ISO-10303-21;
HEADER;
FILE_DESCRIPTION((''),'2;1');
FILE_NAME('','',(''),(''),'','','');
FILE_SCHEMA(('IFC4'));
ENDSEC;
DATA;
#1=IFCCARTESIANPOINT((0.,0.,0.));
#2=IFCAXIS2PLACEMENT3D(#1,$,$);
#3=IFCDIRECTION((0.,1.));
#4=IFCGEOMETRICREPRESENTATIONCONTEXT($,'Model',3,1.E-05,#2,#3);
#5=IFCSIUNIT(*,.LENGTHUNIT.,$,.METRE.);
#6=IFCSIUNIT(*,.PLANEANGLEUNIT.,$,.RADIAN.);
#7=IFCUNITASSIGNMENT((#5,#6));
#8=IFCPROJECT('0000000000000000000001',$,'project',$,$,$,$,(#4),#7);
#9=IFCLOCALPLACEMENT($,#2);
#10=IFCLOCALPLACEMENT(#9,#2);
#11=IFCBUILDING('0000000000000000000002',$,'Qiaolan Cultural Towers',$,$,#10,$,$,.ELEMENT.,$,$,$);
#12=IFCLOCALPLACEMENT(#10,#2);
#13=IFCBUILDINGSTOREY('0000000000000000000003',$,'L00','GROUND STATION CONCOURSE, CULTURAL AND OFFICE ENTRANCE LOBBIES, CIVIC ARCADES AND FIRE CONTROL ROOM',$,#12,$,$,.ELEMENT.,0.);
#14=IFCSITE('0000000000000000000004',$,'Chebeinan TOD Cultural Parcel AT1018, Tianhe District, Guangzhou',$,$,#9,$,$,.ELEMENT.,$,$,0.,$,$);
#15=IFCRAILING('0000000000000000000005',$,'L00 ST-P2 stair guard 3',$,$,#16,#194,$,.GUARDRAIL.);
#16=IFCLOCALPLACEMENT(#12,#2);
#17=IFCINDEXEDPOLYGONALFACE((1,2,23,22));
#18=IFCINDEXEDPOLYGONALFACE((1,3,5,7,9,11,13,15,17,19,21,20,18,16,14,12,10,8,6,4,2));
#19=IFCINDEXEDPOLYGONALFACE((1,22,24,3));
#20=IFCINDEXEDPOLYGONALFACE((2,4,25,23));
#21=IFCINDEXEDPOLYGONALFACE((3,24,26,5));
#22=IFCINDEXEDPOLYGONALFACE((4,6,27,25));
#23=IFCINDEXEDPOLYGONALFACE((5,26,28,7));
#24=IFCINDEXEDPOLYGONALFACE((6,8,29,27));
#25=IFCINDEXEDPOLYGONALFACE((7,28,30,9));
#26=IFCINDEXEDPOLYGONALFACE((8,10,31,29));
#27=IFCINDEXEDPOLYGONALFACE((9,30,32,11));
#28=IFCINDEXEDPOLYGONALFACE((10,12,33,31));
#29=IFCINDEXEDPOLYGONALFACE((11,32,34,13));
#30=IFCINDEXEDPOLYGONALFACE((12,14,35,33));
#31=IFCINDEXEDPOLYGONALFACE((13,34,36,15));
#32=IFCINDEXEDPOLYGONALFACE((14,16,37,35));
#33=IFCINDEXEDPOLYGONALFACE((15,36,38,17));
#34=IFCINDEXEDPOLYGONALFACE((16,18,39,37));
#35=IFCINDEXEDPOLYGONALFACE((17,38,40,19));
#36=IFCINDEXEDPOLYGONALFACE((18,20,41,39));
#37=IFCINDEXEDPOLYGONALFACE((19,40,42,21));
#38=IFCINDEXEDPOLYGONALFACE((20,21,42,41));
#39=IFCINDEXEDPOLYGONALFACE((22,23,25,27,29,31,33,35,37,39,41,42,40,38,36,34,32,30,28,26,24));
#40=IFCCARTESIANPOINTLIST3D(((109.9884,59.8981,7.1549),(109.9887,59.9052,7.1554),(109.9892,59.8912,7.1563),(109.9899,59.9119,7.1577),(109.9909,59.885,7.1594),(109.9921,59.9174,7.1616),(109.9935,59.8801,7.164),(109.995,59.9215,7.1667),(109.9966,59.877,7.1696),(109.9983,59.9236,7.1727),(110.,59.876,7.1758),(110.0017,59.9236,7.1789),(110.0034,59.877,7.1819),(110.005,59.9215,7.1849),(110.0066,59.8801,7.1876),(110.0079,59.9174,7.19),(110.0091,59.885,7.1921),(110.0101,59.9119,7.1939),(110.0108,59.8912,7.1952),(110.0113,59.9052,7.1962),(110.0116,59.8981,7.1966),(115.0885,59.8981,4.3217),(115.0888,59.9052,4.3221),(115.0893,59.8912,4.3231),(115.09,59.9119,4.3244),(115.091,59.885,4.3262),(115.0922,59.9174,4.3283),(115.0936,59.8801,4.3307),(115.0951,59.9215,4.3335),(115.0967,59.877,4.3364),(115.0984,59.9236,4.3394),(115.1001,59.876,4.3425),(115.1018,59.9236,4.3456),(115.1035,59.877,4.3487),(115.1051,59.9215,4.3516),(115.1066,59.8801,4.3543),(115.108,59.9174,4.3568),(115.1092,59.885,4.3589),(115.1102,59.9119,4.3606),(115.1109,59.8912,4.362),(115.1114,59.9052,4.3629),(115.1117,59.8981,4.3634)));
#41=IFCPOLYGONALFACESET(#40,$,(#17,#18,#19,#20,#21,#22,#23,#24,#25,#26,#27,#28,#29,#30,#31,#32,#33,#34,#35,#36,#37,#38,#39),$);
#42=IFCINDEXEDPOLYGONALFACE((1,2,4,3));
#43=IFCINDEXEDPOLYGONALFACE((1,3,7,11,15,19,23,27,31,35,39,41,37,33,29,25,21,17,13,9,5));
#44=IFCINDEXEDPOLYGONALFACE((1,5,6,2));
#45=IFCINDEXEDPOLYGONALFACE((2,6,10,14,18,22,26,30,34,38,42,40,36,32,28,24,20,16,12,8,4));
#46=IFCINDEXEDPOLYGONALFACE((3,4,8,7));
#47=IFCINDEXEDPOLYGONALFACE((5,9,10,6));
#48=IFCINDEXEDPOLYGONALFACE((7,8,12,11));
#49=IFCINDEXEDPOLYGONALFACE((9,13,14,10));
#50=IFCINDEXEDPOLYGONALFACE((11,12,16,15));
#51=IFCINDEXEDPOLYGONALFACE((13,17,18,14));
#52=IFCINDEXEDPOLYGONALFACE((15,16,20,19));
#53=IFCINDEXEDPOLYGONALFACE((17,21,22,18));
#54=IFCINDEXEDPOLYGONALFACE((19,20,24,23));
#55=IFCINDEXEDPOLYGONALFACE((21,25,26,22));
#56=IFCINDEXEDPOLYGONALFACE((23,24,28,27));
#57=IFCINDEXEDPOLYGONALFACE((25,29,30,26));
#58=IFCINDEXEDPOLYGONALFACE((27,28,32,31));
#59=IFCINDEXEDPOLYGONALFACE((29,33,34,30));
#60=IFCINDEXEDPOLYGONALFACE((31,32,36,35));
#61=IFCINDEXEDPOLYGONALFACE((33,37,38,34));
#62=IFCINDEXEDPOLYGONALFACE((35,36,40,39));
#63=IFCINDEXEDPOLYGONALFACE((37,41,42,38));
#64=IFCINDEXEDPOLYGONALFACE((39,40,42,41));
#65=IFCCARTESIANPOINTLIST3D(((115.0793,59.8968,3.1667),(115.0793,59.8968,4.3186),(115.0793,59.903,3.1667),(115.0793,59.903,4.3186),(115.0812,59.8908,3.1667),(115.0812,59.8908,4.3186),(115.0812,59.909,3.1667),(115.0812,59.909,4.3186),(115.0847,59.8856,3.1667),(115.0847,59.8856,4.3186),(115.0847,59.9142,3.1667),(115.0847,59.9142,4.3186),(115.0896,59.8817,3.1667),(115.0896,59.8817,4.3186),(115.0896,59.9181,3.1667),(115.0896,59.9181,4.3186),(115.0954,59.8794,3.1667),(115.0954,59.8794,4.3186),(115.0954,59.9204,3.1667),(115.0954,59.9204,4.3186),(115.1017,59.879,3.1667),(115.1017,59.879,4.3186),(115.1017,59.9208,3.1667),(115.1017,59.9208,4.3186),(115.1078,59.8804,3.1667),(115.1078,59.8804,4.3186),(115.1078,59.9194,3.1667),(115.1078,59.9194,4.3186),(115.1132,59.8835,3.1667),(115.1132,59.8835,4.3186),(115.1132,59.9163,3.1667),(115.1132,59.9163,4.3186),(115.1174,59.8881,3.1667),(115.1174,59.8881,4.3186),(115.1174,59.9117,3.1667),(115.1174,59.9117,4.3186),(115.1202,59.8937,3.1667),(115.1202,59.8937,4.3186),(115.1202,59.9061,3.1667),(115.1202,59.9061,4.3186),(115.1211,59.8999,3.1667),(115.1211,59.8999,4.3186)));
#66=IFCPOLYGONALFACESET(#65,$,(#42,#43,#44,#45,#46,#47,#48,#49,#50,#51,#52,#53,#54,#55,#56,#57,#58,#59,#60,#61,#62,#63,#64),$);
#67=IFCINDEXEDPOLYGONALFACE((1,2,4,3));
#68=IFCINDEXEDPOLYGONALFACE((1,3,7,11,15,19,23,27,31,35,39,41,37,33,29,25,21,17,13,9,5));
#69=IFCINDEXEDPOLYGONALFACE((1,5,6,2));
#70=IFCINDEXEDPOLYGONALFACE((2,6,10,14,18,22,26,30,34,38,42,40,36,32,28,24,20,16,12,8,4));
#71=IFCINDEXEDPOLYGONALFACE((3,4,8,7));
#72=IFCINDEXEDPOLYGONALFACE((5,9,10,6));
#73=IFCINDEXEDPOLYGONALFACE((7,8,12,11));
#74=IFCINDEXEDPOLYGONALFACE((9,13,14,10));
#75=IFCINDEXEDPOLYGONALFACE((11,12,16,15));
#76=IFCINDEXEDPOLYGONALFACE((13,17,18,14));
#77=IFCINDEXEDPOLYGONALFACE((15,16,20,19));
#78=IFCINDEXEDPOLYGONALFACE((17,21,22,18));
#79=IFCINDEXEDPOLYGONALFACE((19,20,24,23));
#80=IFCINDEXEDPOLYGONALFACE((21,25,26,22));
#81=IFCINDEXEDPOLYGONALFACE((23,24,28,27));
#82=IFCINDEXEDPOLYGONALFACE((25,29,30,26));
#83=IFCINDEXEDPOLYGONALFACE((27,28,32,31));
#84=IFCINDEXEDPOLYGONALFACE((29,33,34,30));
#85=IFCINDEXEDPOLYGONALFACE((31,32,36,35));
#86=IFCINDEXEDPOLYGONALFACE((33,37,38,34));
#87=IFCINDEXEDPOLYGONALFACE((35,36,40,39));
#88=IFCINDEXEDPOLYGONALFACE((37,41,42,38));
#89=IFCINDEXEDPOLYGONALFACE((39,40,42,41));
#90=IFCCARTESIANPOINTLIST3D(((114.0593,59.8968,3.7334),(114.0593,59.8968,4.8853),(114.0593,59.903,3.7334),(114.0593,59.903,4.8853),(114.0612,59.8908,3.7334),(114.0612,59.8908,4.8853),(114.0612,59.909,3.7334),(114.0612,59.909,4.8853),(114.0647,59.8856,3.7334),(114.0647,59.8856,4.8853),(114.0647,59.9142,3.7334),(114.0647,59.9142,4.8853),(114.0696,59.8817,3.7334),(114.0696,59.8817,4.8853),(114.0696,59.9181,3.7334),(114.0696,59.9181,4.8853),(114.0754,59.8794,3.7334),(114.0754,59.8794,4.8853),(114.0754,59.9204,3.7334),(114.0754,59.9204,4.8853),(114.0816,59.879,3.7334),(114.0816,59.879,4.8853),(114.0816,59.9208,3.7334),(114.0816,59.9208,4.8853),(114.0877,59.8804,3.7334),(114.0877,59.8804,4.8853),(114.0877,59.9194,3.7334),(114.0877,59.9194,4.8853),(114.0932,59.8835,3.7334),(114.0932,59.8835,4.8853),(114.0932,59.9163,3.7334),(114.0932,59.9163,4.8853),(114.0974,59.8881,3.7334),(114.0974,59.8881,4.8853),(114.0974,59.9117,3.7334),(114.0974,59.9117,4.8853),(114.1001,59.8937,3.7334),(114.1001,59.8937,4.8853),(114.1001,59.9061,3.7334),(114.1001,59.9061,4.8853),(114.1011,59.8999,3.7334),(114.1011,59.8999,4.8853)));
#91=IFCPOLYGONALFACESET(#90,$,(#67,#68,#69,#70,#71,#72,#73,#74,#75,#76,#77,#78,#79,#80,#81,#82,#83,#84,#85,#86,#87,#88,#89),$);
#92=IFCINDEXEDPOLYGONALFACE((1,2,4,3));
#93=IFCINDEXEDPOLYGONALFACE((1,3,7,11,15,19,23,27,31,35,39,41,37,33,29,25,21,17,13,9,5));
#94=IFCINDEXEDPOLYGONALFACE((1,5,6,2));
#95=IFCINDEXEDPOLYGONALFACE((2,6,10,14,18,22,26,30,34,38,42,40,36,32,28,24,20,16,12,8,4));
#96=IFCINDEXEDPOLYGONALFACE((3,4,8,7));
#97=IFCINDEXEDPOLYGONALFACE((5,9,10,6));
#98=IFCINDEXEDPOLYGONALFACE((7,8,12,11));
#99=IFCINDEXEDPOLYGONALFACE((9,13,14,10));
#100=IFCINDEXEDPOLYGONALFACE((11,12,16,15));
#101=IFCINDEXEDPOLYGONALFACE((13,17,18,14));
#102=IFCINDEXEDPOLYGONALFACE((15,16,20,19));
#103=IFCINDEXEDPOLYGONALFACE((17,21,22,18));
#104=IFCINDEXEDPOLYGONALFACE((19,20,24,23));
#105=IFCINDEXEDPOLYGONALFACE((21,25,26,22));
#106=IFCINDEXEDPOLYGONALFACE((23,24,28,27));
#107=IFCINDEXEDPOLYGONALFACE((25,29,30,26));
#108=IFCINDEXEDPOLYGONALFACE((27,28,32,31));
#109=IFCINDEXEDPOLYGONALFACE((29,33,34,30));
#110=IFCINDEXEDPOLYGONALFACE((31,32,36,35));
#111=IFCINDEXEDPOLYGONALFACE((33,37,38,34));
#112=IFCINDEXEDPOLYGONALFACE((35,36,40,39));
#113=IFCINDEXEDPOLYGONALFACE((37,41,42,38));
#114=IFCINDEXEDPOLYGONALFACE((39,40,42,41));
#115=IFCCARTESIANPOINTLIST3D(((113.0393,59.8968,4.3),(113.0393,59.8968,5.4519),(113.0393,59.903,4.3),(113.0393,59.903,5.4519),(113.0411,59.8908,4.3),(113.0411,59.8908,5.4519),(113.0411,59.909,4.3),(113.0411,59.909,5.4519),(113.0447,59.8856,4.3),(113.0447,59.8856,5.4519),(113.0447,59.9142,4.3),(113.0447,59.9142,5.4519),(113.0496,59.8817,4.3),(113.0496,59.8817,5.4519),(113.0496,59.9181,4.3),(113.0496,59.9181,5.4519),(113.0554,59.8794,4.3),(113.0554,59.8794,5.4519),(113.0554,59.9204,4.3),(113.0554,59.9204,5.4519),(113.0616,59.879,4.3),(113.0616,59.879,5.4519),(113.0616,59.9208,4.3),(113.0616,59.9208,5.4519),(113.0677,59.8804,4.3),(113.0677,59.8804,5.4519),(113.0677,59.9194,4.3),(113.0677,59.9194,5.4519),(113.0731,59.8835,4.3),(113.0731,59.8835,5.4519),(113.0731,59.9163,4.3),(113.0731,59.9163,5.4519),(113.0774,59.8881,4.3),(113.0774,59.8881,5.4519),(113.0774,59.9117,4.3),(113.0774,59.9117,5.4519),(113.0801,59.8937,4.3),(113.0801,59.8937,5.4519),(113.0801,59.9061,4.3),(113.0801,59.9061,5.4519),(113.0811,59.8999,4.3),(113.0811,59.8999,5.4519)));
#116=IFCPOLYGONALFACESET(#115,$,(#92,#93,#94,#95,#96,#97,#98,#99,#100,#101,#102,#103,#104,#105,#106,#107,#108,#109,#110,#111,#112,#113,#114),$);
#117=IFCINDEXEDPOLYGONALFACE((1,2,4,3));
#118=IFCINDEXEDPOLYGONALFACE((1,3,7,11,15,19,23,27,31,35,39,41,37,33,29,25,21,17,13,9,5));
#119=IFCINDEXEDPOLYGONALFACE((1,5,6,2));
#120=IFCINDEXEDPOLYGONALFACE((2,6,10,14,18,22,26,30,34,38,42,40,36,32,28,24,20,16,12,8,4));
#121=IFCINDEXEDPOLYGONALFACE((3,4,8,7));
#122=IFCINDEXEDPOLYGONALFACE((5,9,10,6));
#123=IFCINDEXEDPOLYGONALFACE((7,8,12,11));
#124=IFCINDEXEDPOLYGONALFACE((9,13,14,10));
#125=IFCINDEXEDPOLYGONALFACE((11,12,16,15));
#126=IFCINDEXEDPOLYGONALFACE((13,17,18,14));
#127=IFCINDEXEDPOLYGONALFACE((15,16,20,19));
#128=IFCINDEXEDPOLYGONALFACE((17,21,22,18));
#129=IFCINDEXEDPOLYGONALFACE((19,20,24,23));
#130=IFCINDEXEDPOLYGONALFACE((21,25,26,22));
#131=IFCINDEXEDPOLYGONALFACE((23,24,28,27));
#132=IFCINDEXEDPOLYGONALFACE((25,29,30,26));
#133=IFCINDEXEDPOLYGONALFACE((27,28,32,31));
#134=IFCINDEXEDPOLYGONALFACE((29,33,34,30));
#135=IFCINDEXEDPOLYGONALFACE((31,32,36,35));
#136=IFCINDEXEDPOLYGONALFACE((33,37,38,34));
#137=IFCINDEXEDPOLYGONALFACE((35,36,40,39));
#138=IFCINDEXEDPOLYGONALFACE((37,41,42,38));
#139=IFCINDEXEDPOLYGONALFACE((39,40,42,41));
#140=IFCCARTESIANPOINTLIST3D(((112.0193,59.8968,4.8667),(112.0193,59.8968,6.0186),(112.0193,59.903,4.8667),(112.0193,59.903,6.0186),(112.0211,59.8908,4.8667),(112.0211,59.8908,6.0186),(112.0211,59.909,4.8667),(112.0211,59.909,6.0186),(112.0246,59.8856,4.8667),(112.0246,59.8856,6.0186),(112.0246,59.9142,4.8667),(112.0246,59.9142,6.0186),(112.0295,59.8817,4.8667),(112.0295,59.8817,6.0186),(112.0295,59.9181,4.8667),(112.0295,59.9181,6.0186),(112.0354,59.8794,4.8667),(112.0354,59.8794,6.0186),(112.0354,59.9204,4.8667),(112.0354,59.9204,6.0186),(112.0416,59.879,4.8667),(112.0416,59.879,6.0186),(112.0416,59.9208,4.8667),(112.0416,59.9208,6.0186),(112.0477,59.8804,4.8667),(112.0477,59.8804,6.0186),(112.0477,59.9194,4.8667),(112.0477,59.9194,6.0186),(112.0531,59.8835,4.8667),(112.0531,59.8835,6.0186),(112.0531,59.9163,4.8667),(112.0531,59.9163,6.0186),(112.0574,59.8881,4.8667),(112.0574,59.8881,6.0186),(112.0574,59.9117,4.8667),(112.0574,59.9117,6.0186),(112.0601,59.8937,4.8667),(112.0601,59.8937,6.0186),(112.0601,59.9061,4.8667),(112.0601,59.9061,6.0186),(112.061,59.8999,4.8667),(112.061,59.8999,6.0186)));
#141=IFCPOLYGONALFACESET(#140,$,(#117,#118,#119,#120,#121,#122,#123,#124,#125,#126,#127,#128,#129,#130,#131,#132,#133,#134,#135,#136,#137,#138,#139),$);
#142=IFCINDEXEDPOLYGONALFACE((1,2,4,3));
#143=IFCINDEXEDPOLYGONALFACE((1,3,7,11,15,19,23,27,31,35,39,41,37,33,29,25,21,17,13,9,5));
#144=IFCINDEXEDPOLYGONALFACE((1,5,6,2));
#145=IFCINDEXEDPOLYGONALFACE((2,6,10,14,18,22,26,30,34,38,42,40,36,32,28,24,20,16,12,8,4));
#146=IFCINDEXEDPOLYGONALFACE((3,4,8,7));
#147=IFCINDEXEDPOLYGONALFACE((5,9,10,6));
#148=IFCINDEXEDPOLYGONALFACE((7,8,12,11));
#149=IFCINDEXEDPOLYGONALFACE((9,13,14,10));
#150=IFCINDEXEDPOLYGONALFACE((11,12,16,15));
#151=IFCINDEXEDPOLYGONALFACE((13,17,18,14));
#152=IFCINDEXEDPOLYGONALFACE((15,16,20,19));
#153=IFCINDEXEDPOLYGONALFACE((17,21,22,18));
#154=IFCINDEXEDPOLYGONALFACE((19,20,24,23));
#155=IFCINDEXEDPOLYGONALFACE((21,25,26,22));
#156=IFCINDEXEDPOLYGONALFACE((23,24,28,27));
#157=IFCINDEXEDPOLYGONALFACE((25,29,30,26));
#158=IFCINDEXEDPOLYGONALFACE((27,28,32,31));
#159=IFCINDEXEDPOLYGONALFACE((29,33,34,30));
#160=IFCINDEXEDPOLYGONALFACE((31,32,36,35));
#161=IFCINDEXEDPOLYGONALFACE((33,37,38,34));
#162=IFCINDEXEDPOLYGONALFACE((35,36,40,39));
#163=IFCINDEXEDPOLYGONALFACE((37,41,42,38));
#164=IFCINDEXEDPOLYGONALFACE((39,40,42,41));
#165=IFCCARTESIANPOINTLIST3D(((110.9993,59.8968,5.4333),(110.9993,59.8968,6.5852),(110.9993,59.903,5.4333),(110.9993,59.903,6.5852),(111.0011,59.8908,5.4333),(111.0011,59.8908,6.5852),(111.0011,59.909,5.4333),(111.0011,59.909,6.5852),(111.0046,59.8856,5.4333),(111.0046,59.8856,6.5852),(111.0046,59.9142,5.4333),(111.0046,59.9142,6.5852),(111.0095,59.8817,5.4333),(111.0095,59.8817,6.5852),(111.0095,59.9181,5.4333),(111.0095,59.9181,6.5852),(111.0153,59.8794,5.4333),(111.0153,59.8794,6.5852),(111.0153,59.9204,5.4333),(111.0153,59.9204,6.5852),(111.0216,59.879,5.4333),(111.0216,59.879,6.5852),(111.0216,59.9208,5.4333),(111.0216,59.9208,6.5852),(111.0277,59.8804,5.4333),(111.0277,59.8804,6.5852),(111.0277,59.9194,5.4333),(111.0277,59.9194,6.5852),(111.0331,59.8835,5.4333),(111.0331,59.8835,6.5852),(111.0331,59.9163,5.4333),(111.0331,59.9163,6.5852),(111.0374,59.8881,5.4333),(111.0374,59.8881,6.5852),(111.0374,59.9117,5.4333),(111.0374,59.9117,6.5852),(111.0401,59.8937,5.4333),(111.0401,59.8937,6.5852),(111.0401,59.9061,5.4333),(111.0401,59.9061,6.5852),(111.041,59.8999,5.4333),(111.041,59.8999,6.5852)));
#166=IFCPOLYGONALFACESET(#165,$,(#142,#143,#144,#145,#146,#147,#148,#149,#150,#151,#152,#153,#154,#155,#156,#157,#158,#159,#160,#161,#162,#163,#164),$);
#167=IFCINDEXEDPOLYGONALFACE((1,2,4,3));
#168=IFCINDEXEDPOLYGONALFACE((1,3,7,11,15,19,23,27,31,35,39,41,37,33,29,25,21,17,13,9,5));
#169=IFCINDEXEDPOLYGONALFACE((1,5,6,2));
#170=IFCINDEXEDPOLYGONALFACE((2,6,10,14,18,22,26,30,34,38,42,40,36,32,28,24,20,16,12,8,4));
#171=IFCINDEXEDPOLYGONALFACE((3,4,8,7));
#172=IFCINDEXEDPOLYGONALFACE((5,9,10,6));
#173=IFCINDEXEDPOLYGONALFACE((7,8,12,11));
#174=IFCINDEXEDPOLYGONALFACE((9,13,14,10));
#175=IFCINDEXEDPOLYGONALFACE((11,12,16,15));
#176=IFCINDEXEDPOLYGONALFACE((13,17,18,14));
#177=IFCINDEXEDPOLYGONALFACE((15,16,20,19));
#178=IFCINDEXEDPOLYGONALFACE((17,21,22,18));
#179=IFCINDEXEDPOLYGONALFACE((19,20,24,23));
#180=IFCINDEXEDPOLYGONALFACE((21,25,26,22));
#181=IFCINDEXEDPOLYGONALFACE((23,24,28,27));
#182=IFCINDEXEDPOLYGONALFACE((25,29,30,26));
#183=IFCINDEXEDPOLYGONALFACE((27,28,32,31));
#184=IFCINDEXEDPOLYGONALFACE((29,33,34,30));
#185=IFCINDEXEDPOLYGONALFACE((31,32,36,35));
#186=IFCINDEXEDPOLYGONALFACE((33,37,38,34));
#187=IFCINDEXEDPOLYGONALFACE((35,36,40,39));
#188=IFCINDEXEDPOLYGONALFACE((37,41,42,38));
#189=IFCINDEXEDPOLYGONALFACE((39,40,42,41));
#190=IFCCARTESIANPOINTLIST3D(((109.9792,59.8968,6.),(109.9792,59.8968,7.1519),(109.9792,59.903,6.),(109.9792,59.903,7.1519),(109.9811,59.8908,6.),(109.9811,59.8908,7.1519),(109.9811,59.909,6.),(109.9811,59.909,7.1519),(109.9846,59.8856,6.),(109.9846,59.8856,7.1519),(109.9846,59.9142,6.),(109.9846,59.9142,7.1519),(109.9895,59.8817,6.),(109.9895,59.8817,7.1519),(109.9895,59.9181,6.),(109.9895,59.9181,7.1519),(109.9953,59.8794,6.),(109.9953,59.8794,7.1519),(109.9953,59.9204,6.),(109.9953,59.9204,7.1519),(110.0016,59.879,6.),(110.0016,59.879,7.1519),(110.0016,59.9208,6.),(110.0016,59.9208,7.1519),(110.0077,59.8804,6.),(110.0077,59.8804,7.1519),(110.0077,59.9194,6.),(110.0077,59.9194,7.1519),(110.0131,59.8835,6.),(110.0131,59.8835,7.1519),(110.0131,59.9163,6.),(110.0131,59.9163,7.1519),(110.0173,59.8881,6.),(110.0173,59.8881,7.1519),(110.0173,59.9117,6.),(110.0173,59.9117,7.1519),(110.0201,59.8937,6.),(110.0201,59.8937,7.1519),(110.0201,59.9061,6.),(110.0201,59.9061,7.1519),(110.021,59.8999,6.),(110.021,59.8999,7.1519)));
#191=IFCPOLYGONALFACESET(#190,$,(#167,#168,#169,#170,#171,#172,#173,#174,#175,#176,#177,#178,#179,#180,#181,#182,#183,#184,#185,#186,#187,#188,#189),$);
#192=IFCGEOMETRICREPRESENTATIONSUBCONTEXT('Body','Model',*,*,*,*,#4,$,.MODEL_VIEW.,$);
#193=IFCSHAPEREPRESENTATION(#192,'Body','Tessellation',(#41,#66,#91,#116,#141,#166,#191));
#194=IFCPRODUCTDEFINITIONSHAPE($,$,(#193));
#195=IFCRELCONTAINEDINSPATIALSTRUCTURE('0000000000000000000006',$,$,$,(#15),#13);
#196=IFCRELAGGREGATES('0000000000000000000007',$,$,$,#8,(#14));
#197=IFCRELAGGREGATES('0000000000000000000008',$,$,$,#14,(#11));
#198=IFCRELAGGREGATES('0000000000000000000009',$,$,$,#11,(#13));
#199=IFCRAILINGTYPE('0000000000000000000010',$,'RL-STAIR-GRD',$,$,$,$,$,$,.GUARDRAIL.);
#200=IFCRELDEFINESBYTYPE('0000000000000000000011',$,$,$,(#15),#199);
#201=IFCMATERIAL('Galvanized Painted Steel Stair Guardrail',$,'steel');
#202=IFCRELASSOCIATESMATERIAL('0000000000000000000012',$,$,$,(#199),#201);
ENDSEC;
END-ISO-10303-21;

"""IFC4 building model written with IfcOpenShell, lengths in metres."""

from ifc_helpers import new_model, si_unit, direction, frame, origin, origin_2d, place, context, subcontext, project, spatial, circle, extrude, material, type_object, element, save


model = new_model("IFC4")

# Units and contexts
model_context = context("Model", 3, precision=1e-05, world=origin(), true_north=direction((0.0, 1.0)))
body_context = subcontext(model_context, "Body", "Model", "MODEL_VIEW")
ifc_project = project(units=[si_unit("LENGTHUNIT", "METRE"), si_unit("PLANEANGLEUNIT", "RADIAN")], contexts=[model_context])

# Site, building, storey
site_placement = place(None, origin())
site = spatial("IfcSite", under=ifc_project, at=site_placement, Name="Chebeinan TOD Cultural Parcel AT1018, Tianhe District, Guangzhou", CompositionType="ELEMENT", RefElevation=0.0)
building_placement = place(site_placement, origin())
building = spatial("IfcBuilding", under=site, at=building_placement, Name="Qiaolan Cultural Towers", CompositionType="ELEMENT")
storey_placement = place(building_placement, origin())
storey = spatial("IfcBuildingStorey", under=building, at=storey_placement, Name="L00", Description="GROUND STATION CONCOURSE, CULTURAL AND OFFICE ENTRANCE LOBBIES, CIVIC ARCADES AND FIRE CONTROL ROOM", CompositionType="ELEMENT", Elevation=0.0)

# Railing
ifc_material_1 = material(Name="Galvanized Painted Steel Stair Guardrail", Category="steel")
railing_type_1 = type_object("IfcRailingType", Name="RL-STAIR-GRD", PredefinedType="GUARDRAIL", material=ifc_material_1)
railing_1_placement = place(storey_placement, frame((115.1001, 59.8999, 3.1667)))
element("IfcRailing", 1, at=railing_1_placement, inside=storey, type_object=railing_type_1, Name="L00 ST-P2 stair guard 3", PredefinedType="GUARDRAIL", context=body_context, shape_type="SweptSolid", body=[
    extrude(circle(Radius=0.0239, at=origin_2d()), frame((0.0, 0.0, 1.1758), z_axis=(-0.874167, 0.0, 0.485625), x_axis=(0.0, -1.0, 0.0)), (0.0, 0.0, 1.0), 5.8342),
    extrude(circle(Radius=0.021, at=origin_2d()), origin(), (0.0, 0.0, 1.0), 1.1519),
    extrude(circle(Radius=0.021, at=origin_2d()), frame((-1.02, 0.0, 0.5667)), (0.0, 0.0, 1.0), 1.1519),
    extrude(circle(Radius=0.021, at=origin_2d()), frame((-2.04, 0.0, 1.1333)), (0.0, 0.0, 1.0), 1.1519),
    extrude(circle(Radius=0.021, at=origin_2d()), frame((-3.0601, 0.0, 1.7)), (0.0, 0.0, 1.0), 1.1519),
    extrude(circle(Radius=0.021, at=origin_2d()), frame((-4.0801, 0.0, 2.2666)), (0.0, 0.0, 1.0), 1.1519),
    extrude(circle(Radius=0.021, at=origin_2d()), frame((-5.1001, 0.0, 2.8333)), (0.0, 0.0, 1.0), 1.1519),
])

save(model, "model.ifc")
